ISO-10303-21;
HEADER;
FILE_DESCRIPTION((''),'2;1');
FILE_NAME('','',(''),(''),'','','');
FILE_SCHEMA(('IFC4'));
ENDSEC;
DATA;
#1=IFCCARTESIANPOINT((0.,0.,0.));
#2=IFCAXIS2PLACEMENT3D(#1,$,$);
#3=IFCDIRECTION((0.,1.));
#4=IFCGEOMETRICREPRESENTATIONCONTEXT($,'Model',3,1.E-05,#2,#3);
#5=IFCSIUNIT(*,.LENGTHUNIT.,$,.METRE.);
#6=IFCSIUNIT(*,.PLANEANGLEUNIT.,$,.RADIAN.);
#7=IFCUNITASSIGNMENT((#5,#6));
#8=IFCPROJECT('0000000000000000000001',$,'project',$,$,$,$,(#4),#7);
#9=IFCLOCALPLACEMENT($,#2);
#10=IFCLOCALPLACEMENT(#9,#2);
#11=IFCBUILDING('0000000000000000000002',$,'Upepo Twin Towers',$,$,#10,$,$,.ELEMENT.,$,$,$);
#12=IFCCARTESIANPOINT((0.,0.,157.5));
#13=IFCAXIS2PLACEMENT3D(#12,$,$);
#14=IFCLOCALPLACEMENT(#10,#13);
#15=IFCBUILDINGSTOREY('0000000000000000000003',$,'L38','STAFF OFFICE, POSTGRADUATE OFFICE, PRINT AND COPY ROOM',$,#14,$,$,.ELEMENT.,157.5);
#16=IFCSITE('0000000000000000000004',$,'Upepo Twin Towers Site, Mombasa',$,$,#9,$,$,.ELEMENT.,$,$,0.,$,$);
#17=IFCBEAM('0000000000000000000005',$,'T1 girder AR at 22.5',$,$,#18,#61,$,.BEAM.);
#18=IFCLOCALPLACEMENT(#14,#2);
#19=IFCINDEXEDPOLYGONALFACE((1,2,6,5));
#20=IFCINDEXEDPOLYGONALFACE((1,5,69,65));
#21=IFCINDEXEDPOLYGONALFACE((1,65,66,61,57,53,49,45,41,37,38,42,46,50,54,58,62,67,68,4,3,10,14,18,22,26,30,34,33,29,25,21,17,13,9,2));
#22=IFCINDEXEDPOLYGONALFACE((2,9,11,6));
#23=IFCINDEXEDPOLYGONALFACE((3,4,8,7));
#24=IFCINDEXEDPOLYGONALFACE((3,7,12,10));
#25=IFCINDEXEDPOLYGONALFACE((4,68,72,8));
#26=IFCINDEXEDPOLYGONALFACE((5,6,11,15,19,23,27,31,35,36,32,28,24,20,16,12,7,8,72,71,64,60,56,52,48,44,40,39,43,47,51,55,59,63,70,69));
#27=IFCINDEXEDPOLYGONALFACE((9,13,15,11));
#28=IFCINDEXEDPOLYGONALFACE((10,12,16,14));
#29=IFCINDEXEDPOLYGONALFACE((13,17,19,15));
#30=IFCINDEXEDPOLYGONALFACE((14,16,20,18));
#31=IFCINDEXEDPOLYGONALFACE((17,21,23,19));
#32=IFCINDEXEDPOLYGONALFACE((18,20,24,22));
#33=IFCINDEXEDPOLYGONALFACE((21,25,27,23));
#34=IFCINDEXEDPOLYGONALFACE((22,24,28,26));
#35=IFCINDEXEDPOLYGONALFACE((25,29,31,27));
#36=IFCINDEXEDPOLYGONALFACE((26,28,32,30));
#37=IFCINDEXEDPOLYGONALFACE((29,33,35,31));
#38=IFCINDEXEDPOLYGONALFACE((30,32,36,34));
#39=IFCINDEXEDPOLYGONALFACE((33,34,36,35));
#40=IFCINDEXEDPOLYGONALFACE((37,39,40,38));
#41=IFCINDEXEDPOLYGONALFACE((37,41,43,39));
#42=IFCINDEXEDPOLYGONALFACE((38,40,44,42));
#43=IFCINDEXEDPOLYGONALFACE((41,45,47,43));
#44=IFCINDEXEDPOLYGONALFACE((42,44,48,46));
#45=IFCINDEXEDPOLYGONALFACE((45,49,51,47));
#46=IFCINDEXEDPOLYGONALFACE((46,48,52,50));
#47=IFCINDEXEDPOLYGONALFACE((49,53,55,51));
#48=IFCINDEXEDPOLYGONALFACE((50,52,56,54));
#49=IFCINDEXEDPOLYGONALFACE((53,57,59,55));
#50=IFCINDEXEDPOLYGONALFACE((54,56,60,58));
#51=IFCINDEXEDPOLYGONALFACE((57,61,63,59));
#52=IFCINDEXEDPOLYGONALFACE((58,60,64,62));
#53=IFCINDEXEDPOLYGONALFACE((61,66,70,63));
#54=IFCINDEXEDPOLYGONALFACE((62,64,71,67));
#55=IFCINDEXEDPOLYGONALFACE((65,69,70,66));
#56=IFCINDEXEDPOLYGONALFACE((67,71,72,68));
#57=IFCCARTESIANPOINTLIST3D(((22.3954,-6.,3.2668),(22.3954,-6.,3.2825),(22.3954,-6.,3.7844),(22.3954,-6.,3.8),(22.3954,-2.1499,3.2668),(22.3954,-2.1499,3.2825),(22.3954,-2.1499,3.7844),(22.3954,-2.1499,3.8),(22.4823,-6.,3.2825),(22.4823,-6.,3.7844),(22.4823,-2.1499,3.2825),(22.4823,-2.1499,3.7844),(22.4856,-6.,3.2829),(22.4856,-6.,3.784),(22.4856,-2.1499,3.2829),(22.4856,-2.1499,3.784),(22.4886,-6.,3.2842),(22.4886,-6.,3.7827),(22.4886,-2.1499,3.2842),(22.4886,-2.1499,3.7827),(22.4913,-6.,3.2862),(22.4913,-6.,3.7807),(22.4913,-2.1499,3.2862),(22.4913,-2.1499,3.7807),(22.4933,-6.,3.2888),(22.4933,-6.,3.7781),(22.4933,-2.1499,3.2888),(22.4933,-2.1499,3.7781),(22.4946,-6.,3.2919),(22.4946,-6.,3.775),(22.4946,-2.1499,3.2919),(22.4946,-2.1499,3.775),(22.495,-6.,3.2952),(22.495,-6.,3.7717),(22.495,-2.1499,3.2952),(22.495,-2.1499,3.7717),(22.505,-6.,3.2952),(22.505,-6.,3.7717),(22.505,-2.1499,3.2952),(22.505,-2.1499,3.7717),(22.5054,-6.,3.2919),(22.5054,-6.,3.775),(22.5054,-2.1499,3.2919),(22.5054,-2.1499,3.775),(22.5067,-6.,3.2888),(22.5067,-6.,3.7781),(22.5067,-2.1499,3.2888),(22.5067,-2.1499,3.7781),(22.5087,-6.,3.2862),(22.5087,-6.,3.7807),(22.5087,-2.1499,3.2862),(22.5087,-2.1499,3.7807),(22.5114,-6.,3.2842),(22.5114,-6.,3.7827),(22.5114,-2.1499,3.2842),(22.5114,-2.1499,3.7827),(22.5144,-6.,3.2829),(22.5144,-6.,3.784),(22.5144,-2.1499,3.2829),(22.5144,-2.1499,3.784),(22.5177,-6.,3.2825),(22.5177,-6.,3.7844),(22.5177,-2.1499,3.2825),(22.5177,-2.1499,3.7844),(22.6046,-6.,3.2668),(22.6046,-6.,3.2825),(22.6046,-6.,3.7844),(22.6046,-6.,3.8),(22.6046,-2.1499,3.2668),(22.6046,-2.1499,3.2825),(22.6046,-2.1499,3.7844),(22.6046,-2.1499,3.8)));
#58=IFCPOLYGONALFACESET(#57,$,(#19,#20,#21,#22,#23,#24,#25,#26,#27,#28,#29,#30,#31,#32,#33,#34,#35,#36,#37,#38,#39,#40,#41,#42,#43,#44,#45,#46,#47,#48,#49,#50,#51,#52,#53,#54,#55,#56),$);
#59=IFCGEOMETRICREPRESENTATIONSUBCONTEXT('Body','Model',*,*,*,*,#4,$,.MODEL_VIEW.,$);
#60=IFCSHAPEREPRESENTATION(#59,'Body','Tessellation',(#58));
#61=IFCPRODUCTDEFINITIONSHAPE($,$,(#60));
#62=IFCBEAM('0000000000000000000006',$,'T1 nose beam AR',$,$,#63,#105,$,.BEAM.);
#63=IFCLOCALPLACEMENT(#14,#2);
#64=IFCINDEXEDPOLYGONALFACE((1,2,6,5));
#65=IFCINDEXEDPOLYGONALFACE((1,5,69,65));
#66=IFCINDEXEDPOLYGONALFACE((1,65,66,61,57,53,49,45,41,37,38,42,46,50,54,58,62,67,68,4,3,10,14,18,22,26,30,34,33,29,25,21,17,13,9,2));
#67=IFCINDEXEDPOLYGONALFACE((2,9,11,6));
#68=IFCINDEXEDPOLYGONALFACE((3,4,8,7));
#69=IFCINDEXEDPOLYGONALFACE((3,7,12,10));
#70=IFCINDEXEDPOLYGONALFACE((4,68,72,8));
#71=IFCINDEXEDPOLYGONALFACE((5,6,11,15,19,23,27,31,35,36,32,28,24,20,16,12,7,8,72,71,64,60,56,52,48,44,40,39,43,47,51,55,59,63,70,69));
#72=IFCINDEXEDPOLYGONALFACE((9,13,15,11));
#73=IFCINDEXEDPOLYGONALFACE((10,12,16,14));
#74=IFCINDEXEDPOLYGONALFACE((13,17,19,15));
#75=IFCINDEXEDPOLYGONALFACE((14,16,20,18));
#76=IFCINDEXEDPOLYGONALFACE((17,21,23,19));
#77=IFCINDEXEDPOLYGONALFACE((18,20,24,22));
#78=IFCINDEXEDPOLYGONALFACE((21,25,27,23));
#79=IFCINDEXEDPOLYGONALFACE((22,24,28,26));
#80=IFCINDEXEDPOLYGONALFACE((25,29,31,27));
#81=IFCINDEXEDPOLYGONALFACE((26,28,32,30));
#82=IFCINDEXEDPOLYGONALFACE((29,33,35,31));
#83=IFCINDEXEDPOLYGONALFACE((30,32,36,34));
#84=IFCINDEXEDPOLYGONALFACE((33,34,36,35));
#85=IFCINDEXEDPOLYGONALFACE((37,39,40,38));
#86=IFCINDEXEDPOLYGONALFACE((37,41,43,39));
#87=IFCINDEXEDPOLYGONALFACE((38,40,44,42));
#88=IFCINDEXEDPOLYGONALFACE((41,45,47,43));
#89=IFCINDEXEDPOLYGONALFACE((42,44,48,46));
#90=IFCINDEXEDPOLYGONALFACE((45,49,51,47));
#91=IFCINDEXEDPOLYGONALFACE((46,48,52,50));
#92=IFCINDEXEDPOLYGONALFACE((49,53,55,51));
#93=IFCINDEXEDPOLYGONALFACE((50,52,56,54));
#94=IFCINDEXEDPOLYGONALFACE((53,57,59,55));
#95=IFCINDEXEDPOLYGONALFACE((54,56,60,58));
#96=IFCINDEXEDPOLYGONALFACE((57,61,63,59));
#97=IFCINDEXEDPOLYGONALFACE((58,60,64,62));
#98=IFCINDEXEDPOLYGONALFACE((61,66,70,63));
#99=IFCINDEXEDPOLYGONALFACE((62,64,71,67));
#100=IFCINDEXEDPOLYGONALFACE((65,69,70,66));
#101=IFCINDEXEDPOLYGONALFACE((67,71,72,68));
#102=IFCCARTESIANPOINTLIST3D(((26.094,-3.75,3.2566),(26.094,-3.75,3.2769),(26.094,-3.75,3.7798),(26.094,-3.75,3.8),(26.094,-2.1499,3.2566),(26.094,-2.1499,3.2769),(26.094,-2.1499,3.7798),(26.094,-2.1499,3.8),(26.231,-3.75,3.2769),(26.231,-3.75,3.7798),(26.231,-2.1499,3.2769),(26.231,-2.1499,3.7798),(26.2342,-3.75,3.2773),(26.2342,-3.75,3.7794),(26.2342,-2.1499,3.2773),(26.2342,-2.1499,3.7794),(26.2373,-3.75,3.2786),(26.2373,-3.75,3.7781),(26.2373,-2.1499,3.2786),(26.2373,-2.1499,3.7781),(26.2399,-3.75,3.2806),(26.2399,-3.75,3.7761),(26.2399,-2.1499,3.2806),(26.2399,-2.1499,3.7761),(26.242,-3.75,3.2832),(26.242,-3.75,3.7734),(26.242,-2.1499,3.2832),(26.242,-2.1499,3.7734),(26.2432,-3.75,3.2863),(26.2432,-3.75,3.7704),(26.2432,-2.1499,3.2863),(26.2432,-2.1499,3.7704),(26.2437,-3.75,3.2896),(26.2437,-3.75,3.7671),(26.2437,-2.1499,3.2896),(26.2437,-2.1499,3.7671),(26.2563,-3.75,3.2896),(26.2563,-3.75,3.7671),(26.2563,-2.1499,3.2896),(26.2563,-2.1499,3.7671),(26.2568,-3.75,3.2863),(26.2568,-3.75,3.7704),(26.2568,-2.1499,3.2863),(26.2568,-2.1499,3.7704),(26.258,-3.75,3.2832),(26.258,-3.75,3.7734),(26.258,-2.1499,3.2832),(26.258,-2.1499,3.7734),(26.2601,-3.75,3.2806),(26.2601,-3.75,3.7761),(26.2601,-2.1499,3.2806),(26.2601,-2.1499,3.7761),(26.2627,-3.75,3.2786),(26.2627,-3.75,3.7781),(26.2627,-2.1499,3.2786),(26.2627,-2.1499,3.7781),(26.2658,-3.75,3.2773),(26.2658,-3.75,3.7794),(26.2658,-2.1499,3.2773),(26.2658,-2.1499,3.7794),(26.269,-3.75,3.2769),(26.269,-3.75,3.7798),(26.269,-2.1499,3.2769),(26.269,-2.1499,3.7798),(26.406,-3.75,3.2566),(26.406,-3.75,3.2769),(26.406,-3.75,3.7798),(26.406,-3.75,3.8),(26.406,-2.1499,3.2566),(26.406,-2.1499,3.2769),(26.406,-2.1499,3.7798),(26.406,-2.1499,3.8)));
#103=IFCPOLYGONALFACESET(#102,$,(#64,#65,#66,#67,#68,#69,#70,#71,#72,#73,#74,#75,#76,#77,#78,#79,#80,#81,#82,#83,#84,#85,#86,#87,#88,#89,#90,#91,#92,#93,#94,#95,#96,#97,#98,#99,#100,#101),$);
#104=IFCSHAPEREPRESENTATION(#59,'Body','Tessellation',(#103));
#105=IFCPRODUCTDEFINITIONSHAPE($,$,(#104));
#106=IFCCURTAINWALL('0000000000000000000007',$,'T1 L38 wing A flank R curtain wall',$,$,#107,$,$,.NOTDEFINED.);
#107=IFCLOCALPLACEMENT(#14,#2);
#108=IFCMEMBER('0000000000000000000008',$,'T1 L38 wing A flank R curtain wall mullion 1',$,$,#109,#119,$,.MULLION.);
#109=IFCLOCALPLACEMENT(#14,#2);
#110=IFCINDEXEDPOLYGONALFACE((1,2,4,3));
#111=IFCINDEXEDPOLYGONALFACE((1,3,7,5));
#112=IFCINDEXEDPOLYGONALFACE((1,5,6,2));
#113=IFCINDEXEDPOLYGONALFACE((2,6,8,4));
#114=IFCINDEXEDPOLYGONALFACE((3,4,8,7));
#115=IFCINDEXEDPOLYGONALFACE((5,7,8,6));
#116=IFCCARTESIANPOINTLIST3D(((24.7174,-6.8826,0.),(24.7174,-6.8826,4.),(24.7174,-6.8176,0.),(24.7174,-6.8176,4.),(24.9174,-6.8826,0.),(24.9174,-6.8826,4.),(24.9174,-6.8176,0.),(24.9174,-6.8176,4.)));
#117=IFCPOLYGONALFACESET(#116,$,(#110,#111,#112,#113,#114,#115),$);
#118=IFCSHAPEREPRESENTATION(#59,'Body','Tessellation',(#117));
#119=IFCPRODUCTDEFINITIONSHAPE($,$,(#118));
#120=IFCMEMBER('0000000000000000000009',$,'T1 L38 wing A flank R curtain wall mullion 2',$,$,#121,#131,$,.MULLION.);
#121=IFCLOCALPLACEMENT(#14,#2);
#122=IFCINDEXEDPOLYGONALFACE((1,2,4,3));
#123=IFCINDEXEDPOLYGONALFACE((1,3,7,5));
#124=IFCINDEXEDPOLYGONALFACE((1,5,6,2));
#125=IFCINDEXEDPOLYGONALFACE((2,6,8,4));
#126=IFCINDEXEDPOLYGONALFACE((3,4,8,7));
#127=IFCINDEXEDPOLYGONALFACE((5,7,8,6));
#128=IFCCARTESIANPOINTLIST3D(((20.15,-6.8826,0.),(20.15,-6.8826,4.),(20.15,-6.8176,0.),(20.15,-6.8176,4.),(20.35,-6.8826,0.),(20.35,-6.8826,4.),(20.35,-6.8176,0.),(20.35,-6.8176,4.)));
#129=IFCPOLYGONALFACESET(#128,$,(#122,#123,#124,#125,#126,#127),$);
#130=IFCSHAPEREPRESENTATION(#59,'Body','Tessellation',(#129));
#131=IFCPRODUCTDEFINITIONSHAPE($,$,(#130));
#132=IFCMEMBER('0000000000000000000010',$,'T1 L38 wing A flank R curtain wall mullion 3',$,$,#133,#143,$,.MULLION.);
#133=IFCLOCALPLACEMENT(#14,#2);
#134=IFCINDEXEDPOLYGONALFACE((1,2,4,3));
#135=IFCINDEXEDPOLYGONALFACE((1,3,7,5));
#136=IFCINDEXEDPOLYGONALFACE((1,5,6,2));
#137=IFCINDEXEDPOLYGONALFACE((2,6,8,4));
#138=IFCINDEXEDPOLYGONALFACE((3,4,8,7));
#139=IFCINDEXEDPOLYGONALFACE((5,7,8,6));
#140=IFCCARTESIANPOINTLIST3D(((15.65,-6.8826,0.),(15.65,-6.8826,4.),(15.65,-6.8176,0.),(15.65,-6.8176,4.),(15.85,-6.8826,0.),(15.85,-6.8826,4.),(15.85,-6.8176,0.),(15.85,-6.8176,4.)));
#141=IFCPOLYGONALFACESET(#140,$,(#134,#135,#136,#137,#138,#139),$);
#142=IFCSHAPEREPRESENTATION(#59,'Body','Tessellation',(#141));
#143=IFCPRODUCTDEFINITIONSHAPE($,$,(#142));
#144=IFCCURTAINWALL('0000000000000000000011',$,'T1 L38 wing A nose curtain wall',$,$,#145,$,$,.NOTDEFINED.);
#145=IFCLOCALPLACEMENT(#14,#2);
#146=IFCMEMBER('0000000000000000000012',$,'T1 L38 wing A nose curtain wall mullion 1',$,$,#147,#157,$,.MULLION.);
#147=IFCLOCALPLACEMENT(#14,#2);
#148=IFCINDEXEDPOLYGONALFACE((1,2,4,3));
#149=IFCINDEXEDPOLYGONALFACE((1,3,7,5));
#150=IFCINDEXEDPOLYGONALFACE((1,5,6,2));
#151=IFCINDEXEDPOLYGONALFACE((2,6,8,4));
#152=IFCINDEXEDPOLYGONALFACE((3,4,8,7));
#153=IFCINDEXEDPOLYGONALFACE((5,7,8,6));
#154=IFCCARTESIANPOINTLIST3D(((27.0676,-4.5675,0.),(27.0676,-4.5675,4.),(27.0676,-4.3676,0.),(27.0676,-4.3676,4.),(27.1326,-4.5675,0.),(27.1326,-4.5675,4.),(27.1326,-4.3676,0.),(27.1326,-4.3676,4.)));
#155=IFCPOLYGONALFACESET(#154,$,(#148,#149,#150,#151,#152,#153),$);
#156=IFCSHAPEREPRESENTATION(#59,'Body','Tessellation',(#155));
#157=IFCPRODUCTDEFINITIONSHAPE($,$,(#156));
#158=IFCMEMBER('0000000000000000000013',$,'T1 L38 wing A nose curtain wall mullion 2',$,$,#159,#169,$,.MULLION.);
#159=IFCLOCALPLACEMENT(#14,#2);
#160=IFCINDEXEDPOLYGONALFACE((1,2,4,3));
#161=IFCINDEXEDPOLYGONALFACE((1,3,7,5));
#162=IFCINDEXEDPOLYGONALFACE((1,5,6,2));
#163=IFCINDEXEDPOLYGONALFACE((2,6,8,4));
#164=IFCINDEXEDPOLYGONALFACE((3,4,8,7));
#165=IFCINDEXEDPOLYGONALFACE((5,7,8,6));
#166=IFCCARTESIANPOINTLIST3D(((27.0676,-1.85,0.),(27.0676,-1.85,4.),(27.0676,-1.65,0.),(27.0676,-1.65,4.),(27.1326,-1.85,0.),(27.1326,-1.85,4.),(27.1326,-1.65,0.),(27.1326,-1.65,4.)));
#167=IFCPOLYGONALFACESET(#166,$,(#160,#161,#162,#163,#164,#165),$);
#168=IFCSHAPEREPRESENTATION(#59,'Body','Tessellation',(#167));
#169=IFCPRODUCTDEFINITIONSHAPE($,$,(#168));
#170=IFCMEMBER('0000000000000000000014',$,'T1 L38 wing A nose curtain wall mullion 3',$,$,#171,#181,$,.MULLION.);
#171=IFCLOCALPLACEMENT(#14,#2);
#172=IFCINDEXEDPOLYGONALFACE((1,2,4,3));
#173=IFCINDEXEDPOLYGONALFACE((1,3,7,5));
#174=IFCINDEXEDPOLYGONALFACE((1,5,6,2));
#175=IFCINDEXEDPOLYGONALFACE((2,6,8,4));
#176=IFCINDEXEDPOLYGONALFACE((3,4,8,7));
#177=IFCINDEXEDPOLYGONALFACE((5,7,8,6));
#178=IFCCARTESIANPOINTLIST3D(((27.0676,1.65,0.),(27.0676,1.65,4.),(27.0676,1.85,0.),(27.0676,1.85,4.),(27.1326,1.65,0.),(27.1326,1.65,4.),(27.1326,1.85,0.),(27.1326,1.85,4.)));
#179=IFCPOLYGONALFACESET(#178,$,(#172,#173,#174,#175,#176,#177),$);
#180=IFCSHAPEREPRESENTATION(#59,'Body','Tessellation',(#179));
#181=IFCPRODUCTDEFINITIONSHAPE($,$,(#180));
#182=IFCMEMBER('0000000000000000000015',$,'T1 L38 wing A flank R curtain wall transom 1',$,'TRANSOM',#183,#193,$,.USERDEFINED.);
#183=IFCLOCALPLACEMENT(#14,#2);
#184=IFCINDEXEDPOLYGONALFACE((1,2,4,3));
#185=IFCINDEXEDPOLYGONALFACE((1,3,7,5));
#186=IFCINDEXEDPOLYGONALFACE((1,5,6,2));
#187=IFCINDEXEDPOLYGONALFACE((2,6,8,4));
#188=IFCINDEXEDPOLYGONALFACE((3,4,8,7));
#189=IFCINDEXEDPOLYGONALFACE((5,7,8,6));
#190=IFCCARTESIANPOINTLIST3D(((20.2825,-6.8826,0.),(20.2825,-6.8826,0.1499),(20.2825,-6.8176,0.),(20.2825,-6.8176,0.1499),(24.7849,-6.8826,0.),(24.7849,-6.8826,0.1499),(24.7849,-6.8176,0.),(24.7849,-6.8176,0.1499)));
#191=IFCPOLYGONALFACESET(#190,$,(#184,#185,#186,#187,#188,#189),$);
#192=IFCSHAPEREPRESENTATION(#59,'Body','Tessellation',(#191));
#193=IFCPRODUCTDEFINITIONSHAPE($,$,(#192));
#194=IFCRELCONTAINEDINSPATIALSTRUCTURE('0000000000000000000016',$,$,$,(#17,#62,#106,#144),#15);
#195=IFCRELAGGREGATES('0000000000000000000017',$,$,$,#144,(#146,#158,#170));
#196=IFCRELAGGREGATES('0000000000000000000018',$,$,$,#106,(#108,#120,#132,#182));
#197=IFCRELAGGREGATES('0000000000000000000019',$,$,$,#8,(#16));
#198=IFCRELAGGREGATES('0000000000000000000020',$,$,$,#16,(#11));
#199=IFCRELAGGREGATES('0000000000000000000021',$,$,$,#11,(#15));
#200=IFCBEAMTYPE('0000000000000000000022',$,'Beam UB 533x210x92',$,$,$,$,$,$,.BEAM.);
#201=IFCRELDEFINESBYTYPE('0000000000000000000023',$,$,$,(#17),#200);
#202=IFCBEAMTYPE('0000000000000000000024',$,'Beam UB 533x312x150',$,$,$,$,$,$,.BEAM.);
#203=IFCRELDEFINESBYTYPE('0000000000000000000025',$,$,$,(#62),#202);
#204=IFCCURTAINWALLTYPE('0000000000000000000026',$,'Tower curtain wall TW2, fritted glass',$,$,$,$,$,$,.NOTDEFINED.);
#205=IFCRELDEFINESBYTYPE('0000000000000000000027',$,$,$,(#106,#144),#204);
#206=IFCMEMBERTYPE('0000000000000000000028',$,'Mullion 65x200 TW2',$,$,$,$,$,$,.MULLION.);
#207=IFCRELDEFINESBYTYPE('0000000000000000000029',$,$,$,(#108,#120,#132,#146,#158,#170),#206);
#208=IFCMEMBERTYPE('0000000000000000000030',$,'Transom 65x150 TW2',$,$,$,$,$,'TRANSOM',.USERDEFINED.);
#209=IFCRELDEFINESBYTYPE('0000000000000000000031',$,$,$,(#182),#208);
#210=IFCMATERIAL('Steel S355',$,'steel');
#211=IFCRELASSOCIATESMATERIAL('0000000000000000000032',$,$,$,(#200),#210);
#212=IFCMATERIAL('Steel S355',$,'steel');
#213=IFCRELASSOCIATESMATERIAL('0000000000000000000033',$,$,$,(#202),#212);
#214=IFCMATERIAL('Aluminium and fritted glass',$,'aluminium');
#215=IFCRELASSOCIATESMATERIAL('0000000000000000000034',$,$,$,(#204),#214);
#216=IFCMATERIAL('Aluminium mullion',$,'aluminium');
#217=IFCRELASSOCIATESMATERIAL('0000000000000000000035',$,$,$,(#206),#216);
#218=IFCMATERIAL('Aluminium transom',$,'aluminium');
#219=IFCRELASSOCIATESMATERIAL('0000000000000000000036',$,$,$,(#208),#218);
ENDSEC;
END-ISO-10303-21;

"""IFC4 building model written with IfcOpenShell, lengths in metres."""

from ifc_helpers import new_model, si_unit, direction, frame, origin, origin_2d, place, context, subcontext, project, spatial, rectangle, i_section, extrude, material, material_profile, profile_set, type_object, element, aggregate, save


model = new_model("IFC4")

# Units and contexts
model_context = context("Model", 3, precision=1e-05, world=origin(), true_north=direction((0.0, 1.0)))
body_context = subcontext(model_context, "Body", "Model", "MODEL_VIEW")
ifc_project = project(units=[si_unit("LENGTHUNIT", "METRE"), si_unit("PLANEANGLEUNIT", "RADIAN")], contexts=[model_context])

# Site, building, storey
site_placement = place(None, origin())
site = spatial("IfcSite", under=ifc_project, at=site_placement, Name="Upepo Twin Towers Site, Mombasa", CompositionType="ELEMENT", RefElevation=0.0)
building_placement = place(site_placement, origin())
building = spatial("IfcBuilding", under=site, at=building_placement, Name="Upepo Twin Towers", CompositionType="ELEMENT")
storey_placement = place(building_placement, frame((0.0, 0.0, 157.5)))
storey = spatial("IfcBuildingStorey", under=building, at=storey_placement, Name="L38", Description="STAFF OFFICE, POSTGRADUATE OFFICE, PRINT AND COPY ROOM", CompositionType="ELEMENT", Elevation=157.5)

# Beams
ifc_material_1 = material(Name="Steel S355", Category="steel")
ifc_material_profile_1 = material_profile(ifc_material_1, i_section(OverallWidth=0.2092, OverallDepth=0.5332, WebThickness=0.01, FlangeThickness=0.0156, FilletRadius=0.0127, at=origin_2d()), Name="UB 533x210x92")
ifc_profile_set_1 = profile_set([ifc_material_profile_1], Name="Steel S355")
beam_type_1 = type_object("IfcBeamType", Name="Beam UB 533x210x92", PredefinedType="BEAM", material=ifc_profile_set_1)
for number, where, z_axis, x_axis, name in (
    (1, (22.5, -6.0, 3.5334), (0.0, 1.0, 0.0), (-1.0, 0.0, 0.0), "T1 girder AR at 22.5"),
):
    element("IfcBeam", number, at=place(storey_placement, frame(where, z_axis=z_axis, x_axis=x_axis)), inside=storey, type_object=beam_type_1, Name=name, PredefinedType="BEAM", context=body_context, shape_type="SweptSolid", body=[
        extrude(i_section(OverallWidth=0.2092, OverallDepth=0.5332, WebThickness=0.01, FlangeThickness=0.0156, FilletRadius=0.0127, at=origin_2d()), origin(), (0.0, 0.0, 1.0), 3.8501),
    ])
ifc_material_2 = material(Name="Steel S355", Category="steel")
ifc_material_profile_2 = material_profile(ifc_material_2, i_section(OverallWidth=0.312, OverallDepth=0.5435, WebThickness=0.0127, FlangeThickness=0.0203, FilletRadius=0.0127, at=origin_2d()), Name="UB 533x312x150")
ifc_profile_set_2 = profile_set([ifc_material_profile_2], Name="Steel S355")
beam_type_2 = type_object("IfcBeamType", Name="Beam UB 533x312x150", PredefinedType="BEAM", material=ifc_profile_set_2)
beam_1_placement = place(storey_placement, frame((26.25, -3.75, 3.5283), z_axis=(0.0, 1.0, 0.0), x_axis=(-1.0, 0.0, 0.0)))
element("IfcBeam", 2, at=beam_1_placement, inside=storey, type_object=beam_type_2, Name="T1 nose beam AR", PredefinedType="BEAM", context=body_context, shape_type="SweptSolid", body=[
    extrude(i_section(OverallWidth=0.312, OverallDepth=0.5435, WebThickness=0.0127, FlangeThickness=0.0203, FilletRadius=0.0127, at=origin_2d()), origin(), (0.0, 0.0, 1.0), 1.6001),
])

# Curtain walls, members
ifc_material_3 = material(Name="Aluminium and fritted glass", Category="aluminium")
curtain_wall_type = type_object("IfcCurtainWallType", Name="Tower curtain wall TW2, fritted glass", PredefinedType="NOTDEFINED", material=ifc_material_3)
curtain_wall_1_placement = place(storey_placement, origin())
curtain_wall_1 = element("IfcCurtainWall", 3, at=curtain_wall_1_placement, inside=storey, type_object=curtain_wall_type, Name="T1 L38 wing A flank R curtain wall", PredefinedType="NOTDEFINED")
ifc_material_4 = material(Name="Aluminium mullion", Category="aluminium")
ifc_material_profile_3 = material_profile(ifc_material_4, rectangle(XDim=0.0649, YDim=0.2, at=origin_2d()), Name="MULLION 65x200")
ifc_profile_set_3 = profile_set([ifc_material_profile_3], Name="Aluminium mullion")
member_type_1 = type_object("IfcMemberType", Name="Mullion 65x200 TW2", PredefinedType="MULLION", material=ifc_profile_set_3)
member_1_placement = place(storey_placement, frame((24.8174, -6.8501, 0.0), z_axis=(0.0, 0.0, 1.0), x_axis=(0.0, -1.0, 0.0)))
member_1 = element("IfcMember", 4, at=member_1_placement, type_object=member_type_1, Name="T1 L38 wing A flank R curtain wall mullion 1", PredefinedType="MULLION", context=body_context, shape_type="SweptSolid", body=[
    extrude(rectangle(XDim=0.0649, YDim=0.2, at=origin_2d()), origin(), (0.0, 0.0, 1.0), 4.0),
])
member_2_placement = place(storey_placement, frame((20.25, -6.8501, 0.0), z_axis=(0.0, 0.0, 1.0), x_axis=(0.0, -1.0, 0.0)))
member_2 = element("IfcMember", 5, at=member_2_placement, type_object=member_type_1, Name="T1 L38 wing A flank R curtain wall mullion 2", PredefinedType="MULLION", context=body_context, shape_type="SweptSolid", body=[
    extrude(rectangle(XDim=0.0649, YDim=0.2, at=origin_2d()), origin(), (0.0, 0.0, 1.0), 4.0),
])
member_3_placement = place(storey_placement, frame((15.75, -6.8501, 0.0), z_axis=(0.0, 0.0, 1.0), x_axis=(0.0, -1.0, 0.0)))
member_3 = element("IfcMember", 6, at=member_3_placement, type_object=member_type_1, Name="T1 L38 wing A flank R curtain wall mullion 3", PredefinedType="MULLION", context=body_context, shape_type="SweptSolid", body=[
    extrude(rectangle(XDim=0.0649, YDim=0.2, at=origin_2d()), origin(), (0.0, 0.0, 1.0), 4.0),
])
curtain_wall_2_placement = place(storey_placement, origin())
curtain_wall_2 = element("IfcCurtainWall", 7, at=curtain_wall_2_placement, inside=storey, type_object=curtain_wall_type, Name="T1 L38 wing A nose curtain wall", PredefinedType="NOTDEFINED")
member_4_placement = place(storey_placement, frame((27.1001, -4.4675, 0.0), z_axis=(0.0, 0.0, 1.0), x_axis=(-1.0, 0.0, 0.0)))
member_4 = element("IfcMember", 8, at=member_4_placement, type_object=member_type_1, Name="T1 L38 wing A nose curtain wall mullion 1", PredefinedType="MULLION", context=body_context, shape_type="SweptSolid", body=[
    extrude(rectangle(XDim=0.0649, YDim=0.2, at=origin_2d()), origin(), (0.0, 0.0, 1.0), 4.0),
])
member_5_placement = place(storey_placement, frame((27.1001, -1.75, 0.0), z_axis=(0.0, 0.0, 1.0), x_axis=(-1.0, 0.0, 0.0)))
member_5 = element("IfcMember", 9, at=member_5_placement, type_object=member_type_1, Name="T1 L38 wing A nose curtain wall mullion 2", PredefinedType="MULLION", context=body_context, shape_type="SweptSolid", body=[
    extrude(rectangle(XDim=0.0649, YDim=0.2, at=origin_2d()), origin(), (0.0, 0.0, 1.0), 4.0),
])
member_6_placement = place(storey_placement, frame((27.1001, 1.75, 0.0), z_axis=(0.0, 0.0, 1.0), x_axis=(-1.0, 0.0, 0.0)))
member_6 = element("IfcMember", 10, at=member_6_placement, type_object=member_type_1, Name="T1 L38 wing A nose curtain wall mullion 3", PredefinedType="MULLION", context=body_context, shape_type="SweptSolid", body=[
    extrude(rectangle(XDim=0.0649, YDim=0.2, at=origin_2d()), origin(), (0.0, 0.0, 1.0), 4.0),
])
aggregate(curtain_wall_2, [member_4, member_5, member_6])

# Member
ifc_material_5 = material(Name="Aluminium transom", Category="aluminium")
ifc_material_profile_4 = material_profile(ifc_material_5, rectangle(XDim=0.0649, YDim=0.1499, at=origin_2d()), Name="TRANSOM 65x150")
ifc_profile_set_4 = profile_set([ifc_material_profile_4], Name="Aluminium transom")
member_type_2 = type_object("IfcMemberType", Name="Transom 65x150 TW2", ElementType="TRANSOM", PredefinedType="USERDEFINED", material=ifc_profile_set_4)
member_7_placement = place(storey_placement, frame((24.7849, -6.8501, 0.075), z_axis=(-1.0, 0.0, 0.0), x_axis=(0.0, -1.0, 0.0)))
member_7 = element("IfcMember", 11, at=member_7_placement, type_object=member_type_2, Name="T1 L38 wing A flank R curtain wall transom 1", ObjectType="TRANSOM", PredefinedType="USERDEFINED", context=body_context, shape_type="SweptSolid", body=[
    extrude(rectangle(XDim=0.0649, YDim=0.1499, at=origin_2d()), origin(), (0.0, 0.0, 1.0), 4.5024),
])

aggregate(curtain_wall_1, [member_1, member_2, member_3, member_7])

save(model, "model.ifc")
